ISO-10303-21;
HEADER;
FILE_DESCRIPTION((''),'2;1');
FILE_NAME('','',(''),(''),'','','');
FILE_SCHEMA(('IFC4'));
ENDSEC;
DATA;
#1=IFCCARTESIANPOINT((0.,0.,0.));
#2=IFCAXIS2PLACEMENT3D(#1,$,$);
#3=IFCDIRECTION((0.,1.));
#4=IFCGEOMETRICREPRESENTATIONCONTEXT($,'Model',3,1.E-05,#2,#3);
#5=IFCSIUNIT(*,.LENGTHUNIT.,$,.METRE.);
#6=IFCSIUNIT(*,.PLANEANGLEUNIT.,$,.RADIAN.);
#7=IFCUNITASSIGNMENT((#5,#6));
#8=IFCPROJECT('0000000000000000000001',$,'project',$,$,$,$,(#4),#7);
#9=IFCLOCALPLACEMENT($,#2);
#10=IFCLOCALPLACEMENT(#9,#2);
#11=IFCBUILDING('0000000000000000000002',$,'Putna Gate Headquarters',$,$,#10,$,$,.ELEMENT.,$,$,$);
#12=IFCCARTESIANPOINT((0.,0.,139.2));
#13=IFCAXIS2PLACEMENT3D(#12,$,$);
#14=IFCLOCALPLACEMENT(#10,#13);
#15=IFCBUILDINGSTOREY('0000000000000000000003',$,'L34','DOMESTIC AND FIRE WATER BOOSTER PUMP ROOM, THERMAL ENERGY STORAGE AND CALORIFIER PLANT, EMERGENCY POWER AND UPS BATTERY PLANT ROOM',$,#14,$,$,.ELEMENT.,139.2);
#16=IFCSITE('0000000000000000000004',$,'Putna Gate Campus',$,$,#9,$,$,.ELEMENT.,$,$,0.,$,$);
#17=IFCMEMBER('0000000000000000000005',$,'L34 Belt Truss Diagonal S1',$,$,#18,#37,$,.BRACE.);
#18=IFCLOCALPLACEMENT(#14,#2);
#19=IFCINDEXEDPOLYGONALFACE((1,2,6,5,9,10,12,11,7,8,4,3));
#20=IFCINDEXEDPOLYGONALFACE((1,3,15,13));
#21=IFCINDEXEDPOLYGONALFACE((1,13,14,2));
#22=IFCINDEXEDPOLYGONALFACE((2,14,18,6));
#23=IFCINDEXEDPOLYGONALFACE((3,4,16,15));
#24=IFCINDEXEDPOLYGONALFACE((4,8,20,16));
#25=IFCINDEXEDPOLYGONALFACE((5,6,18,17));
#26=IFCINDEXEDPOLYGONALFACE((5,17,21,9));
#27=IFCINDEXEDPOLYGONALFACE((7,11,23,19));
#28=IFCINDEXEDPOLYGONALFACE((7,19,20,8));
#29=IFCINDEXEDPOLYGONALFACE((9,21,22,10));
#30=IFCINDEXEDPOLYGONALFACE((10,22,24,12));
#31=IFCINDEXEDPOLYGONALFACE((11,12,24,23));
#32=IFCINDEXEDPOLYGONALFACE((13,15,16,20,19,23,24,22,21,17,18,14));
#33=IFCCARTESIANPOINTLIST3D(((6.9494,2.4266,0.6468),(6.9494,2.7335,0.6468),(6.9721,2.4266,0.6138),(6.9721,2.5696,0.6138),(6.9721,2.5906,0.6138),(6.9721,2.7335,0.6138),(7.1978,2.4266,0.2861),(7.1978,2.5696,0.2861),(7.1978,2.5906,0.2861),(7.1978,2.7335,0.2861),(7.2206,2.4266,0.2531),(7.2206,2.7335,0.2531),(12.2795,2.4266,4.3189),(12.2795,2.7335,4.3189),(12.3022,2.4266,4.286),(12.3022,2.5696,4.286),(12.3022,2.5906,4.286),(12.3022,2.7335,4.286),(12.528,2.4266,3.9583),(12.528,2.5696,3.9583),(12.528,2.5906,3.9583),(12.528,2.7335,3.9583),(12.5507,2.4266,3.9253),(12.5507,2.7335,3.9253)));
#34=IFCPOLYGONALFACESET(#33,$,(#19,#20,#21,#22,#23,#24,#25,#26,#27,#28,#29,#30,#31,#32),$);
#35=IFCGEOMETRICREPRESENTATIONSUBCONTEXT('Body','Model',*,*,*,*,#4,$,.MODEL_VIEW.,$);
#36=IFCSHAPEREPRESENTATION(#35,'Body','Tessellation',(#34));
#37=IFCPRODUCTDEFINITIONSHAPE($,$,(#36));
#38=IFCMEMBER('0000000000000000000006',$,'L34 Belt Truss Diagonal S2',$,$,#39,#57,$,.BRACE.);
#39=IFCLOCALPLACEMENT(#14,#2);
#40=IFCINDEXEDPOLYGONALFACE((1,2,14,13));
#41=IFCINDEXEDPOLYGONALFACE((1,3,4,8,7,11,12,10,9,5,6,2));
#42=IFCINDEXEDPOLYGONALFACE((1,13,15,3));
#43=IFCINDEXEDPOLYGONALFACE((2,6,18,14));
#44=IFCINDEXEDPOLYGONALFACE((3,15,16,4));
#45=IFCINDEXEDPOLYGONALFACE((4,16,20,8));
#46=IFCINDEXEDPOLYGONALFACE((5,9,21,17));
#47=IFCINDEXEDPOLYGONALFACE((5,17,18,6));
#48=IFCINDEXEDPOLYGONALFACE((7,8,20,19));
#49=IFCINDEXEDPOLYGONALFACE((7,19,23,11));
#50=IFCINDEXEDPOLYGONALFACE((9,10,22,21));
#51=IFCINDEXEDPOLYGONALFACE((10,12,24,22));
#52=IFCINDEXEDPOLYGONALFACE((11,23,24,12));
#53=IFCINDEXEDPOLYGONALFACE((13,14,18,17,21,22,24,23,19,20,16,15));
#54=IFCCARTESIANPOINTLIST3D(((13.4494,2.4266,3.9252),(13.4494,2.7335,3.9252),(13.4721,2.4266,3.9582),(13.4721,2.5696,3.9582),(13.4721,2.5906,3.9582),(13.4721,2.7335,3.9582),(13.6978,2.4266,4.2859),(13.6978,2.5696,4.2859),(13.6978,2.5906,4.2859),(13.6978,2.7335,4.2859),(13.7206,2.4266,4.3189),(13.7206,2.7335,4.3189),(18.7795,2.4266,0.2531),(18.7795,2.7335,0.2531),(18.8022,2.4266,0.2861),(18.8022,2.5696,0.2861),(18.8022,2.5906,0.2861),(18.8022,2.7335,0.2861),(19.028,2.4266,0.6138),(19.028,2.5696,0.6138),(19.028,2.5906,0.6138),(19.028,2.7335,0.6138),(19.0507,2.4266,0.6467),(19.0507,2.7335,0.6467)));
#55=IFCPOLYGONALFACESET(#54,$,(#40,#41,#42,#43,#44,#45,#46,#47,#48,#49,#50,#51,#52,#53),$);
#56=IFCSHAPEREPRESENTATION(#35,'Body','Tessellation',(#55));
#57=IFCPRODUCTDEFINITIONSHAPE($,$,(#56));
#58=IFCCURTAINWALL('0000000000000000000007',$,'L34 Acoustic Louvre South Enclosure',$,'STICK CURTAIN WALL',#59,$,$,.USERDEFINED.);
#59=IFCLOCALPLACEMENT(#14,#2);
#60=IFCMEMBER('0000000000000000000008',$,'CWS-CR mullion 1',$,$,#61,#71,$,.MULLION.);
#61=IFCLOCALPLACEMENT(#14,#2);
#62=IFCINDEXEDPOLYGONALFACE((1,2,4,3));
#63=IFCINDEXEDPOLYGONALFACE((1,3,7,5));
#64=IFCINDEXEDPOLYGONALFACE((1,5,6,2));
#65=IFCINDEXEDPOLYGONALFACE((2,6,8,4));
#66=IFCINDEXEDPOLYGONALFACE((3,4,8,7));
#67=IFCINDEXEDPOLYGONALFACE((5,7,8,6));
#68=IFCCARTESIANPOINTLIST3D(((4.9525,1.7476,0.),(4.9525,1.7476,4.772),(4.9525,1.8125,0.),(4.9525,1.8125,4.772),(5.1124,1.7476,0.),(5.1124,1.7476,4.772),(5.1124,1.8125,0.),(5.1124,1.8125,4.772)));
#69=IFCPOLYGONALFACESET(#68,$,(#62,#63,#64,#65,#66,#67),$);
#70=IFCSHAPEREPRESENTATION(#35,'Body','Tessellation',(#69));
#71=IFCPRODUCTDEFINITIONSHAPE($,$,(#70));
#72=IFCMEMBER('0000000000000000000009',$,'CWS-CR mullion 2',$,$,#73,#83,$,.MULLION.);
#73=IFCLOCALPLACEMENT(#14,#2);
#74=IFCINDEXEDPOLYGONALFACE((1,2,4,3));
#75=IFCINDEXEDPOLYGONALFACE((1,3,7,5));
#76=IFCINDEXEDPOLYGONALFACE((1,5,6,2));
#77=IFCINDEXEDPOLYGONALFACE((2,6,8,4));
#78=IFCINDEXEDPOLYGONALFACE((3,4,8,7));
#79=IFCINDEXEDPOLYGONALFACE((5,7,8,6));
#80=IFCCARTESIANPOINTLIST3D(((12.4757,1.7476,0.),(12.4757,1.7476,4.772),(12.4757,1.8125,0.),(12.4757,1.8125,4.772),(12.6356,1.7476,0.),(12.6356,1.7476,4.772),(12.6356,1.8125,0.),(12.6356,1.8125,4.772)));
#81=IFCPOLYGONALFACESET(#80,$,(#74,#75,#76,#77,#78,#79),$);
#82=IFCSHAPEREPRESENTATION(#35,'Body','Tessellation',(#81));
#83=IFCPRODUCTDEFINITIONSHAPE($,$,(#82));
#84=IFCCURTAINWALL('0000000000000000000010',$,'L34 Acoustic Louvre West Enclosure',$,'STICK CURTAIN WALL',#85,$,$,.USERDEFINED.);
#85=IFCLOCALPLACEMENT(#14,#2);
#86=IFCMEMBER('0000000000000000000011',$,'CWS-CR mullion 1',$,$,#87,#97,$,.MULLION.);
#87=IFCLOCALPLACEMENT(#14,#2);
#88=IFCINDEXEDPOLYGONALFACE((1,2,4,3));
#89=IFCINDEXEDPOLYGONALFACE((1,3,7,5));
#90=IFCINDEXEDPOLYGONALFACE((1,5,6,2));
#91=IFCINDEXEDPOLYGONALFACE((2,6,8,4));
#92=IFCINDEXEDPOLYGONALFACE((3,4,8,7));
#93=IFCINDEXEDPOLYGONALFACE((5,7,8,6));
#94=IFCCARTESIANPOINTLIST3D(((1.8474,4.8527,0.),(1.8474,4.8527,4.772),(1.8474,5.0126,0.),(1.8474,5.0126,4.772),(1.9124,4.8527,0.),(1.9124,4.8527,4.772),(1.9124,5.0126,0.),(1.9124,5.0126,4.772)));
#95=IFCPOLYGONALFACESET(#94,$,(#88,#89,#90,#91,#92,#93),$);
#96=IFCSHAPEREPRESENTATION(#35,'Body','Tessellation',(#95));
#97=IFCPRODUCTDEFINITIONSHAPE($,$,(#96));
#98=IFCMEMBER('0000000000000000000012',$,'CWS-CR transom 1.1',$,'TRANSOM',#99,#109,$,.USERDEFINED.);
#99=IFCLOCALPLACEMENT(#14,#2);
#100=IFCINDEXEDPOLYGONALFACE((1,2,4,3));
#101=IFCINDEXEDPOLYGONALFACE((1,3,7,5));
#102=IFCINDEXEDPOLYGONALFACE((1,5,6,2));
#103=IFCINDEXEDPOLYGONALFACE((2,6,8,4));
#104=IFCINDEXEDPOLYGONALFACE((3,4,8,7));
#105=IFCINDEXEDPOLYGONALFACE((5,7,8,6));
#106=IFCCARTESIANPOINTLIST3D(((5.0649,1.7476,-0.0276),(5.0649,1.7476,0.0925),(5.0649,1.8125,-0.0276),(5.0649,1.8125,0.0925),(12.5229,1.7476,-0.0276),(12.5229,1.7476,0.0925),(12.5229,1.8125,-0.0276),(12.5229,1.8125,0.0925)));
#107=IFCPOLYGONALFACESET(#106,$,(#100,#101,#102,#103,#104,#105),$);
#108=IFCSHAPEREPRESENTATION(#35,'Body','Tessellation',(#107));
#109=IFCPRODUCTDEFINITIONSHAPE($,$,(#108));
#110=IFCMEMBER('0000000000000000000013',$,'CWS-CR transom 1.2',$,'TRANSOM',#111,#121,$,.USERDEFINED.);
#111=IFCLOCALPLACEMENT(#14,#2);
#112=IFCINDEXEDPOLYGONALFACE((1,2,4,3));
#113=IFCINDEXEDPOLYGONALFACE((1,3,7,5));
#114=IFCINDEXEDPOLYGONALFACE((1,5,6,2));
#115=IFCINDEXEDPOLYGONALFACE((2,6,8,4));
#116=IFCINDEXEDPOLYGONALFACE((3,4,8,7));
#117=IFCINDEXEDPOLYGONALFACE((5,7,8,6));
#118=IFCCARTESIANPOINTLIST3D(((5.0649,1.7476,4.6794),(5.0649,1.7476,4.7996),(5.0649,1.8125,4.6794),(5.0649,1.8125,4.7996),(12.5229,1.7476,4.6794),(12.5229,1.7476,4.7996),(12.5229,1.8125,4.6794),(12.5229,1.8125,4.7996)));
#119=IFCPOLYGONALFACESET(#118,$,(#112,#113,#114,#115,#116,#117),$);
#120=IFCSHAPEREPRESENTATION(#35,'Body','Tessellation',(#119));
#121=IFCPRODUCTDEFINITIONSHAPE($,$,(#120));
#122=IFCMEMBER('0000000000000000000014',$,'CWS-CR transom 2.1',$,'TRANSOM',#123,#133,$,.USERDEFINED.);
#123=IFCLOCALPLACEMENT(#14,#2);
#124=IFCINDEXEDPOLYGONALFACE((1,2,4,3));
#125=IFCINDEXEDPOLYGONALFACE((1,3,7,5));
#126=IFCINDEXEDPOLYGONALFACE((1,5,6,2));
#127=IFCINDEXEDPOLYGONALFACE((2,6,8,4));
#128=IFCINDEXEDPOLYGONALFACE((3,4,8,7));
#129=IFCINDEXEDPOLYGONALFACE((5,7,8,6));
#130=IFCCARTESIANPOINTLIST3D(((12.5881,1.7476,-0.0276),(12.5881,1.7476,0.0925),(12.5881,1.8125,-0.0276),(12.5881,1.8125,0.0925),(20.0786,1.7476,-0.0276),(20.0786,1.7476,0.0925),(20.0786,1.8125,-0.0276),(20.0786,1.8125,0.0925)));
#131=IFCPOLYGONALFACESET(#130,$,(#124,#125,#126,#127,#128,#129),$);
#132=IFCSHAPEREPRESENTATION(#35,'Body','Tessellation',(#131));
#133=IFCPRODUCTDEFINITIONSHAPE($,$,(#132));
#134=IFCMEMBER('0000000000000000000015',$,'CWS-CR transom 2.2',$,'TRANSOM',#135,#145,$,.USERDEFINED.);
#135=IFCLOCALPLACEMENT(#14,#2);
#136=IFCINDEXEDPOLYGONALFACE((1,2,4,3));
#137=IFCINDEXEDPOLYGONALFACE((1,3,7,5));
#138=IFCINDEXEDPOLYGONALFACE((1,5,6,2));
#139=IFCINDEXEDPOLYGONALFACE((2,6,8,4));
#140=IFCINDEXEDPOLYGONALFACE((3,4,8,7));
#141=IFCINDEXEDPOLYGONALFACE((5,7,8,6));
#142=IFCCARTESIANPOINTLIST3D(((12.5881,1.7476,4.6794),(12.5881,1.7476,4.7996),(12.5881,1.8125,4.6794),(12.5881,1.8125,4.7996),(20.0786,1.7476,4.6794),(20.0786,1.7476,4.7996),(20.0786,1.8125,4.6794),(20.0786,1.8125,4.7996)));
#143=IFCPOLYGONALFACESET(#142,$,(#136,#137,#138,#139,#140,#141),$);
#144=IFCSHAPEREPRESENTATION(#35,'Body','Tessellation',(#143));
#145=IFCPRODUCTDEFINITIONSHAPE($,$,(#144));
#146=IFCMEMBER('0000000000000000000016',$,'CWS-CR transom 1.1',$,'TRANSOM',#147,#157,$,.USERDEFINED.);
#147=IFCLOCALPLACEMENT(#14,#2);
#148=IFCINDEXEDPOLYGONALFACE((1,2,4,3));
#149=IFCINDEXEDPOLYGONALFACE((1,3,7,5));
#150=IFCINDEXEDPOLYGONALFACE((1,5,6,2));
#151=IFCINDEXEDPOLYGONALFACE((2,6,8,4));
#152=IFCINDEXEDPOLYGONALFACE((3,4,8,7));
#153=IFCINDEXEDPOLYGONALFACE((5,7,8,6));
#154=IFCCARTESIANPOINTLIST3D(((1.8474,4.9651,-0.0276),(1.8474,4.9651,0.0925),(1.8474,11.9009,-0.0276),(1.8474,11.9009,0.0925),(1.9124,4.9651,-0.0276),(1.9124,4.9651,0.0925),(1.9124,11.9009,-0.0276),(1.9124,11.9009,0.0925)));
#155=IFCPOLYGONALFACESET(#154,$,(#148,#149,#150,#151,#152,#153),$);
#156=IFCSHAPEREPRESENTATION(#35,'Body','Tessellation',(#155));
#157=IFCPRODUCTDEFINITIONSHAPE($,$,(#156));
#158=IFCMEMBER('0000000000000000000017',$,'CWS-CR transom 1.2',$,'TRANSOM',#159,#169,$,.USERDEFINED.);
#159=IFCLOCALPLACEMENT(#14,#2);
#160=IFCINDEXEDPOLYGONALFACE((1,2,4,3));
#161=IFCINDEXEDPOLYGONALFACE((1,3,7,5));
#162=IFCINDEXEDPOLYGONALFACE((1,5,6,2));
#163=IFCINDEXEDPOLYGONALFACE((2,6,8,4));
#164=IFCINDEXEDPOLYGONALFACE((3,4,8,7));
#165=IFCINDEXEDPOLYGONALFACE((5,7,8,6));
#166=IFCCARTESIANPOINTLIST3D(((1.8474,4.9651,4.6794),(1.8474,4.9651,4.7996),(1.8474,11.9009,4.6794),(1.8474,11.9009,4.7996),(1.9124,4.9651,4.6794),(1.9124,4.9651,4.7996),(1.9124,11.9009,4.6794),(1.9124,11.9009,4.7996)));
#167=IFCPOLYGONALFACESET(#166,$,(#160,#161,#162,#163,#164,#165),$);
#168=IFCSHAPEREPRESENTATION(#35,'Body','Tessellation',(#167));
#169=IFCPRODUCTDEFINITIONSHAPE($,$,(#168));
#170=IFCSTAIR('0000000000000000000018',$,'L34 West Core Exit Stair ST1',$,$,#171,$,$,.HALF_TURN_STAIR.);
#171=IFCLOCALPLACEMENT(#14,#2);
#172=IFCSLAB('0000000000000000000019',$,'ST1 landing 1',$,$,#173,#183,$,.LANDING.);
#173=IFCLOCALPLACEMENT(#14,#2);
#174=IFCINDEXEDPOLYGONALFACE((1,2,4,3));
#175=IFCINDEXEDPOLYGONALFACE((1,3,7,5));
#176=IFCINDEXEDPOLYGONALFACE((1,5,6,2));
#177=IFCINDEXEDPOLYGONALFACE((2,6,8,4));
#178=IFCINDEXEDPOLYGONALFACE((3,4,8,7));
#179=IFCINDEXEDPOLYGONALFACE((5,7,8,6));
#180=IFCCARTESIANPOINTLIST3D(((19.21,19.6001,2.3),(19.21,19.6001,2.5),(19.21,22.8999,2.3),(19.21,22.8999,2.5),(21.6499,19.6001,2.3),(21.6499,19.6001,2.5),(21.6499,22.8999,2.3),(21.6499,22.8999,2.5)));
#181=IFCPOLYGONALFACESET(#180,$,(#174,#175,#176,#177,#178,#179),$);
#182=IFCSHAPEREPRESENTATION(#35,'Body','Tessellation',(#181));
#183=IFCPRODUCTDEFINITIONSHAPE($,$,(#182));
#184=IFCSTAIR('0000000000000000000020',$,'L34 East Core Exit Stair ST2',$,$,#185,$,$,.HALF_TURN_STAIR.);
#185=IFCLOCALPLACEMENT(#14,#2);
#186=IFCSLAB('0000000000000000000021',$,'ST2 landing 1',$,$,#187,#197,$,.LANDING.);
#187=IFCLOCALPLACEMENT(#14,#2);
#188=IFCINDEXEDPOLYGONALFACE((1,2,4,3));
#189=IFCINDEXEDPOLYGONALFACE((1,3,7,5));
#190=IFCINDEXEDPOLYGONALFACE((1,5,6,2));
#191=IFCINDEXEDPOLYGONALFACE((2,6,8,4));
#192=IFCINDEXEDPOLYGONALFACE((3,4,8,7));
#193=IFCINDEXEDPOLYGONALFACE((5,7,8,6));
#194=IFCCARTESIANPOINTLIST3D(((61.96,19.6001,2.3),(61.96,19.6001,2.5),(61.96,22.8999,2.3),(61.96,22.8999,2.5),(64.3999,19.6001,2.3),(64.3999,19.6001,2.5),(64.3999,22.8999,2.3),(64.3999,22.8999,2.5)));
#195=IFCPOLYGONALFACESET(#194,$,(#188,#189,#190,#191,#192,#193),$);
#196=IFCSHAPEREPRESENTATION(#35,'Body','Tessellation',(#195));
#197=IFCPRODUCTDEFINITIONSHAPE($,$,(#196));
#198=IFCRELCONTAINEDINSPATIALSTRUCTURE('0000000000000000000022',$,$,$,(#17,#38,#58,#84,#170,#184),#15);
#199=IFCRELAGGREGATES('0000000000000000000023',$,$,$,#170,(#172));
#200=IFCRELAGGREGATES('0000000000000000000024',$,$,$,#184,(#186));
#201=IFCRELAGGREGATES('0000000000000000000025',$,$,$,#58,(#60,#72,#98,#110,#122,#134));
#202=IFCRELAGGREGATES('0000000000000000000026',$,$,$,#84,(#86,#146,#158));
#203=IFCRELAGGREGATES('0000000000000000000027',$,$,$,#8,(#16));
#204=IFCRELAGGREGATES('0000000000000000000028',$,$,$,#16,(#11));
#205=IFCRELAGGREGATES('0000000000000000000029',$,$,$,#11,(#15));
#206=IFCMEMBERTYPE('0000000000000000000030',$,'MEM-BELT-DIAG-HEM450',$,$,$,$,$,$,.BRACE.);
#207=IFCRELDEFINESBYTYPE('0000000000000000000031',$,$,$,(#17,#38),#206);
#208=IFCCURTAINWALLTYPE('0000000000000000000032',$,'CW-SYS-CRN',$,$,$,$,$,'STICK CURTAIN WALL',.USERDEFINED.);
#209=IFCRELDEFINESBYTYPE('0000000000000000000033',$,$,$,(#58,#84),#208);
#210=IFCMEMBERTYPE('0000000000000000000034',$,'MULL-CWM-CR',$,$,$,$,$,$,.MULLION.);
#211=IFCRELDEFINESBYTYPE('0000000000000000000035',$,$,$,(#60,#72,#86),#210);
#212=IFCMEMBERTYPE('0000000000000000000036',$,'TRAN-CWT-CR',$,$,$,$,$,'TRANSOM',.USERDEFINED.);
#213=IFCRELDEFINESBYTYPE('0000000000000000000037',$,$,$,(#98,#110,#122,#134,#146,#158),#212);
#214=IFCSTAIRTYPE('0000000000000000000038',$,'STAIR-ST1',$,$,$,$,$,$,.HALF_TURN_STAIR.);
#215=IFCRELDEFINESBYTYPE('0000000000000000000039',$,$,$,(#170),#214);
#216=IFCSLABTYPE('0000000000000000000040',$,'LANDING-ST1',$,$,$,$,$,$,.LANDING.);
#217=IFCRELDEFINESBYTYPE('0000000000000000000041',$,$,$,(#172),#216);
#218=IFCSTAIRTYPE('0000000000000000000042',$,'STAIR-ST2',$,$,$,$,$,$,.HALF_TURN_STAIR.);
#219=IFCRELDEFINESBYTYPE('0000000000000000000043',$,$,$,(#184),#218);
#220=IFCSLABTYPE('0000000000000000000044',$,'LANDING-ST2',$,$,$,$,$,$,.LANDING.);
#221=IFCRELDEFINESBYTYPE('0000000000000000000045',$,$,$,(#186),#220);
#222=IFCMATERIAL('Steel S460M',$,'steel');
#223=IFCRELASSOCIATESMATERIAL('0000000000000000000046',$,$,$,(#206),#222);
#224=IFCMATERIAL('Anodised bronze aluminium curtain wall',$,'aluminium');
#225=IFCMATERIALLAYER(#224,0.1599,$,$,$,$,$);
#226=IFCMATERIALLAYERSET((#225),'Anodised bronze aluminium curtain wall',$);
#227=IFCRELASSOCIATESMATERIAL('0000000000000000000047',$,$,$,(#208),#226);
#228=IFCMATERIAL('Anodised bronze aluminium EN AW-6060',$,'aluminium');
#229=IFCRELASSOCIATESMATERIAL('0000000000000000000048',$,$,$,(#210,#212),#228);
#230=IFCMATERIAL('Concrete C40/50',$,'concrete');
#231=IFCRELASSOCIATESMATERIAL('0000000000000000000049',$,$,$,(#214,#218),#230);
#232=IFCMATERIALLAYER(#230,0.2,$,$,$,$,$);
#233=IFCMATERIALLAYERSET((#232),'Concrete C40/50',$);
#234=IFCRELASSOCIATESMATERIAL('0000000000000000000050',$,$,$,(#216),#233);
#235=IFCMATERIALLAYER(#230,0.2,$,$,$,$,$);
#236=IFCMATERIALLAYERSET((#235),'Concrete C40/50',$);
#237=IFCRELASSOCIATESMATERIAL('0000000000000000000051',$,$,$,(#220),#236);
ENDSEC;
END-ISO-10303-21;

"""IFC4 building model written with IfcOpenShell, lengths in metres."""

from ifc_helpers import new_model, si_unit, direction, frame, origin, origin_2d, place, context, subcontext, project, spatial, polyline, rectangle, i_section, outline, extrude, material, layer, layer_set, material_profile, profile_set, type_object, element, aggregate, save


model = new_model("IFC4")

# Units and contexts
model_context = context("Model", 3, precision=1e-05, world=origin(), true_north=direction((0.0, 1.0)))
body_context = subcontext(model_context, "Body", "Model", "MODEL_VIEW")
ifc_project = project(units=[si_unit("LENGTHUNIT", "METRE"), si_unit("PLANEANGLEUNIT", "RADIAN")], contexts=[model_context])

# Site, building, storey
site_placement = place(None, origin())
site = spatial("IfcSite", under=ifc_project, at=site_placement, Name="Putna Gate Campus", CompositionType="ELEMENT", RefElevation=0.0)
building_placement = place(site_placement, origin())
building = spatial("IfcBuilding", under=site, at=building_placement, Name="Putna Gate Headquarters", CompositionType="ELEMENT")
storey_placement = place(building_placement, frame((0.0, 0.0, 139.2)))
storey = spatial("IfcBuildingStorey", under=building, at=storey_placement, Name="L34", Description="DOMESTIC AND FIRE WATER BOOSTER PUMP ROOM, THERMAL ENERGY STORAGE AND CALORIFIER PLANT, EMERGENCY POWER AND UPS BATTERY PLANT ROOM", CompositionType="ELEMENT", Elevation=139.2)

# Members
ifc_material_1 = material(Name="Steel S460M", Category="steel")
ifc_material_profile_1 = material_profile(ifc_material_1, i_section(OverallWidth=0.3069, OverallDepth=0.478, WebThickness=0.021, FlangeThickness=0.04, at=origin_2d()), Name="Steel S460M")
ifc_profile_set_1 = profile_set([ifc_material_profile_1], Name="Steel S460M")
member_type_1 = type_object("IfcMemberType", Name="MEM-BELT-DIAG-HEM450", PredefinedType="BRACE", material=ifc_profile_set_1)
for number, where, z_axis, x_axis, name in (
    (1, (7.085, 2.5801, 0.45), (0.823487, 0.0, 0.567335), (0.0, 1.0, 0.0), "L34 Belt Truss Diagonal S1"),
    (2, (13.585, 2.5801, 4.1221), (0.823487, 0.0, -0.567335), (0.0, 1.0, 0.0), "L34 Belt Truss Diagonal S2"),
):
    element("IfcMember", number, at=place(storey_placement, frame(where, z_axis=z_axis, x_axis=x_axis)), inside=storey, type_object=member_type_1, Name=name, PredefinedType="BRACE", context=body_context, shape_type="SweptSolid", body=[
        extrude(i_section(OverallWidth=0.3069, OverallDepth=0.478, WebThickness=0.021, FlangeThickness=0.04, at=origin_2d()), origin(), (0.0, 0.0, 1.0), 6.4727),
    ])

# Curtain wall, members
ifc_material_2 = material(Name="Anodised bronze aluminium curtain wall", Category="aluminium")
ifc_layer_1 = layer(ifc_material_2, 0.1599)
ifc_layer_set_1 = layer_set([ifc_layer_1], Name="Anodised bronze aluminium curtain wall")
curtain_wall_type = type_object("IfcCurtainWallType", Name="CW-SYS-CRN", ElementType="STICK CURTAIN WALL", PredefinedType="USERDEFINED", material=ifc_layer_set_1)
curtain_wall_1_placement = place(storey_placement, origin())
curtain_wall_1 = element("IfcCurtainWall", 3, at=curtain_wall_1_placement, inside=storey, type_object=curtain_wall_type, Name="L34 Acoustic Louvre South Enclosure", ObjectType="STICK CURTAIN WALL", PredefinedType="USERDEFINED")
ifc_material_3 = material(Name="Anodised bronze aluminium EN AW-6060", Category="aluminium")
ifc_material_profile_2 = material_profile(ifc_material_3, rectangle(XDim=0.0649, YDim=0.1599, at=origin_2d()), Name="Anodised bronze aluminium EN AW-6060")
ifc_profile_set_2 = profile_set([ifc_material_profile_2], Name="Anodised bronze aluminium EN AW-6060")
member_type_2 = type_object("IfcMemberType", Name="MULL-CWM-CR", PredefinedType="MULLION", material=ifc_profile_set_2)
member_1_placement = place(storey_placement, frame((5.0325, 1.78, 0.0), z_axis=(0.0, 0.0, 1.0), x_axis=(0.0, 1.0, 0.0)))
member_1 = element("IfcMember", 4, at=member_1_placement, type_object=member_type_2, Name="CWS-CR mullion 1", PredefinedType="MULLION", context=body_context, shape_type="SweptSolid", body=[
    extrude(rectangle(XDim=0.0649, YDim=0.1599, at=origin_2d()), origin(), (0.0, 0.0, 1.0), 4.772),
])
member_2_placement = place(storey_placement, frame((12.5557, 1.78, 0.0), z_axis=(0.0, 0.0, 1.0), x_axis=(0.0, 1.0, 0.0)))
member_2 = element("IfcMember", 5, at=member_2_placement, type_object=member_type_2, Name="CWS-CR mullion 2", PredefinedType="MULLION", context=body_context, shape_type="SweptSolid", body=[
    extrude(rectangle(XDim=0.0649, YDim=0.1599, at=origin_2d()), origin(), (0.0, 0.0, 1.0), 4.772),
])

# Curtain wall, member
curtain_wall_2_placement = place(storey_placement, origin())
curtain_wall_2 = element("IfcCurtainWall", 6, at=curtain_wall_2_placement, inside=storey, type_object=curtain_wall_type, Name="L34 Acoustic Louvre West Enclosure", ObjectType="STICK CURTAIN WALL", PredefinedType="USERDEFINED")
member_3_placement = place(storey_placement, frame((1.8799, 4.9326, 0.0), z_axis=(0.0, 0.0, 1.0), x_axis=(-1.0, 0.0, 0.0)))
member_3 = element("IfcMember", 7, at=member_3_placement, type_object=member_type_2, Name="CWS-CR mullion 1", PredefinedType="MULLION", context=body_context, shape_type="SweptSolid", body=[
    extrude(rectangle(XDim=0.0649, YDim=0.1599, at=origin_2d()), origin(), (0.0, 0.0, 1.0), 4.772),
])

# Members
ifc_material_profile_3 = material_profile(ifc_material_3, rectangle(XDim=0.0649, YDim=0.1201, at=origin_2d()), Name="Anodised bronze aluminium EN AW-6060")
ifc_profile_set_3 = profile_set([ifc_material_profile_3], Name="Anodised bronze aluminium EN AW-6060")
member_type_3 = type_object("IfcMemberType", Name="TRAN-CWT-CR", ElementType="TRANSOM", PredefinedType="USERDEFINED", material=ifc_profile_set_3)
member_4_placement = place(storey_placement, frame((5.0649, 1.78, 0.0325), z_axis=(1.0, 0.0, 0.0), x_axis=(0.0, 1.0, 0.0)))
member_4 = element("IfcMember", 8, at=member_4_placement, type_object=member_type_3, Name="CWS-CR transom 1.1", ObjectType="TRANSOM", PredefinedType="USERDEFINED", context=body_context, shape_type="SweptSolid", body=[
    extrude(rectangle(XDim=0.0649, YDim=0.1201, at=origin_2d()), origin(), (0.0, 0.0, 1.0), 7.458),
])
member_5_placement = place(storey_placement, frame((5.0649, 1.78, 4.7395), z_axis=(1.0, 0.0, 0.0), x_axis=(0.0, 1.0, 0.0)))
member_5 = element("IfcMember", 9, at=member_5_placement, type_object=member_type_3, Name="CWS-CR transom 1.2", ObjectType="TRANSOM", PredefinedType="USERDEFINED", context=body_context, shape_type="SweptSolid", body=[
    extrude(rectangle(XDim=0.0649, YDim=0.1201, at=origin_2d()), origin(), (0.0, 0.0, 1.0), 7.458),
])
member_6_placement = place(storey_placement, frame((12.5881, 1.78, 0.0325), z_axis=(1.0, 0.0, 0.0), x_axis=(0.0, 1.0, 0.0)))
member_6 = element("IfcMember", 10, at=member_6_placement, type_object=member_type_3, Name="CWS-CR transom 2.1", ObjectType="TRANSOM", PredefinedType="USERDEFINED", context=body_context, shape_type="SweptSolid", body=[
    extrude(rectangle(XDim=0.0649, YDim=0.1201, at=origin_2d()), origin(), (0.0, 0.0, 1.0), 7.4905),
])
member_7_placement = place(storey_placement, frame((12.5881, 1.78, 4.7395), z_axis=(1.0, 0.0, 0.0), x_axis=(0.0, 1.0, 0.0)))
member_7 = element("IfcMember", 11, at=member_7_placement, type_object=member_type_3, Name="CWS-CR transom 2.2", ObjectType="TRANSOM", PredefinedType="USERDEFINED", context=body_context, shape_type="SweptSolid", body=[
    extrude(rectangle(XDim=0.0649, YDim=0.1201, at=origin_2d()), origin(), (0.0, 0.0, 1.0), 7.4905),
])
member_8_placement = place(storey_placement, frame((1.8799, 4.9651, 0.0325), z_axis=(0.0, 1.0, 0.0), x_axis=(-1.0, 0.0, 0.0)))
member_8 = element("IfcMember", 12, at=member_8_placement, type_object=member_type_3, Name="CWS-CR transom 1.1", ObjectType="TRANSOM", PredefinedType="USERDEFINED", context=body_context, shape_type="SweptSolid", body=[
    extrude(rectangle(XDim=0.0649, YDim=0.1201, at=origin_2d()), origin(), (0.0, 0.0, 1.0), 6.9358),
])
member_9_placement = place(storey_placement, frame((1.8799, 4.9651, 4.7395), z_axis=(0.0, 1.0, 0.0), x_axis=(-1.0, 0.0, 0.0)))
member_9 = element("IfcMember", 13, at=member_9_placement, type_object=member_type_3, Name="CWS-CR transom 1.2", ObjectType="TRANSOM", PredefinedType="USERDEFINED", context=body_context, shape_type="SweptSolid", body=[
    extrude(rectangle(XDim=0.0649, YDim=0.1201, at=origin_2d()), origin(), (0.0, 0.0, 1.0), 6.9358),
])

# Stairs, slabs
ifc_material_4 = material(Name="Concrete C40/50", Category="concrete")
stair_type_1 = type_object("IfcStairType", Name="STAIR-ST1", PredefinedType="HALF_TURN_STAIR", material=ifc_material_4)
stair_1_placement = place(storey_placement, origin())
stair_1 = element("IfcStair", 14, at=stair_1_placement, inside=storey, type_object=stair_type_1, Name="L34 West Core Exit Stair ST1", PredefinedType="HALF_TURN_STAIR")
ifc_layer_2 = layer(ifc_material_4, 0.2)
ifc_layer_set_2 = layer_set([ifc_layer_2], Name="Concrete C40/50")
slab_type_1 = type_object("IfcSlabType", Name="LANDING-ST1", PredefinedType="LANDING", material=ifc_layer_set_2)
slab_1_placement = place(storey_placement, frame((0.0, 0.0, 2.3)))
slab_1 = element("IfcSlab", 15, at=slab_1_placement, type_object=slab_type_1, Name="ST1 landing 1", PredefinedType="LANDING", context=body_context, shape_type="SweptSolid", body=[
    extrude(outline(polyline([(19.21, 19.6001), (21.6499, 19.6001), (21.6499, 22.8999), (19.21, 22.8999), (19.21, 19.6001)])), origin(), (0.0, 0.0, 1.0), 0.2),
])
aggregate(stair_1, [slab_1])
stair_type_2 = type_object("IfcStairType", Name="STAIR-ST2", PredefinedType="HALF_TURN_STAIR", material=ifc_material_4)
stair_2_placement = place(storey_placement, origin())
stair_2 = element("IfcStair", 16, at=stair_2_placement, inside=storey, type_object=stair_type_2, Name="L34 East Core Exit Stair ST2", PredefinedType="HALF_TURN_STAIR")
ifc_layer_3 = layer(ifc_material_4, 0.2)
ifc_layer_set_3 = layer_set([ifc_layer_3], Name="Concrete C40/50")
slab_type_2 = type_object("IfcSlabType", Name="LANDING-ST2", PredefinedType="LANDING", material=ifc_layer_set_3)
slab_2_placement = place(storey_placement, frame((0.0, 0.0, 2.3)))
slab_2 = element("IfcSlab", 17, at=slab_2_placement, type_object=slab_type_2, Name="ST2 landing 1", PredefinedType="LANDING", context=body_context, shape_type="SweptSolid", body=[
    extrude(outline(polyline([(61.96, 19.6001), (64.3999, 19.6001), (64.3999, 22.8999), (61.96, 22.8999), (61.96, 19.6001)])), origin(), (0.0, 0.0, 1.0), 0.2),
])
aggregate(stair_2, [slab_2])

aggregate(curtain_wall_1, [member_1, member_2, member_4, member_5, member_6, member_7])
aggregate(curtain_wall_2, [member_3, member_8, member_9])

save(model, "model.ifc")
